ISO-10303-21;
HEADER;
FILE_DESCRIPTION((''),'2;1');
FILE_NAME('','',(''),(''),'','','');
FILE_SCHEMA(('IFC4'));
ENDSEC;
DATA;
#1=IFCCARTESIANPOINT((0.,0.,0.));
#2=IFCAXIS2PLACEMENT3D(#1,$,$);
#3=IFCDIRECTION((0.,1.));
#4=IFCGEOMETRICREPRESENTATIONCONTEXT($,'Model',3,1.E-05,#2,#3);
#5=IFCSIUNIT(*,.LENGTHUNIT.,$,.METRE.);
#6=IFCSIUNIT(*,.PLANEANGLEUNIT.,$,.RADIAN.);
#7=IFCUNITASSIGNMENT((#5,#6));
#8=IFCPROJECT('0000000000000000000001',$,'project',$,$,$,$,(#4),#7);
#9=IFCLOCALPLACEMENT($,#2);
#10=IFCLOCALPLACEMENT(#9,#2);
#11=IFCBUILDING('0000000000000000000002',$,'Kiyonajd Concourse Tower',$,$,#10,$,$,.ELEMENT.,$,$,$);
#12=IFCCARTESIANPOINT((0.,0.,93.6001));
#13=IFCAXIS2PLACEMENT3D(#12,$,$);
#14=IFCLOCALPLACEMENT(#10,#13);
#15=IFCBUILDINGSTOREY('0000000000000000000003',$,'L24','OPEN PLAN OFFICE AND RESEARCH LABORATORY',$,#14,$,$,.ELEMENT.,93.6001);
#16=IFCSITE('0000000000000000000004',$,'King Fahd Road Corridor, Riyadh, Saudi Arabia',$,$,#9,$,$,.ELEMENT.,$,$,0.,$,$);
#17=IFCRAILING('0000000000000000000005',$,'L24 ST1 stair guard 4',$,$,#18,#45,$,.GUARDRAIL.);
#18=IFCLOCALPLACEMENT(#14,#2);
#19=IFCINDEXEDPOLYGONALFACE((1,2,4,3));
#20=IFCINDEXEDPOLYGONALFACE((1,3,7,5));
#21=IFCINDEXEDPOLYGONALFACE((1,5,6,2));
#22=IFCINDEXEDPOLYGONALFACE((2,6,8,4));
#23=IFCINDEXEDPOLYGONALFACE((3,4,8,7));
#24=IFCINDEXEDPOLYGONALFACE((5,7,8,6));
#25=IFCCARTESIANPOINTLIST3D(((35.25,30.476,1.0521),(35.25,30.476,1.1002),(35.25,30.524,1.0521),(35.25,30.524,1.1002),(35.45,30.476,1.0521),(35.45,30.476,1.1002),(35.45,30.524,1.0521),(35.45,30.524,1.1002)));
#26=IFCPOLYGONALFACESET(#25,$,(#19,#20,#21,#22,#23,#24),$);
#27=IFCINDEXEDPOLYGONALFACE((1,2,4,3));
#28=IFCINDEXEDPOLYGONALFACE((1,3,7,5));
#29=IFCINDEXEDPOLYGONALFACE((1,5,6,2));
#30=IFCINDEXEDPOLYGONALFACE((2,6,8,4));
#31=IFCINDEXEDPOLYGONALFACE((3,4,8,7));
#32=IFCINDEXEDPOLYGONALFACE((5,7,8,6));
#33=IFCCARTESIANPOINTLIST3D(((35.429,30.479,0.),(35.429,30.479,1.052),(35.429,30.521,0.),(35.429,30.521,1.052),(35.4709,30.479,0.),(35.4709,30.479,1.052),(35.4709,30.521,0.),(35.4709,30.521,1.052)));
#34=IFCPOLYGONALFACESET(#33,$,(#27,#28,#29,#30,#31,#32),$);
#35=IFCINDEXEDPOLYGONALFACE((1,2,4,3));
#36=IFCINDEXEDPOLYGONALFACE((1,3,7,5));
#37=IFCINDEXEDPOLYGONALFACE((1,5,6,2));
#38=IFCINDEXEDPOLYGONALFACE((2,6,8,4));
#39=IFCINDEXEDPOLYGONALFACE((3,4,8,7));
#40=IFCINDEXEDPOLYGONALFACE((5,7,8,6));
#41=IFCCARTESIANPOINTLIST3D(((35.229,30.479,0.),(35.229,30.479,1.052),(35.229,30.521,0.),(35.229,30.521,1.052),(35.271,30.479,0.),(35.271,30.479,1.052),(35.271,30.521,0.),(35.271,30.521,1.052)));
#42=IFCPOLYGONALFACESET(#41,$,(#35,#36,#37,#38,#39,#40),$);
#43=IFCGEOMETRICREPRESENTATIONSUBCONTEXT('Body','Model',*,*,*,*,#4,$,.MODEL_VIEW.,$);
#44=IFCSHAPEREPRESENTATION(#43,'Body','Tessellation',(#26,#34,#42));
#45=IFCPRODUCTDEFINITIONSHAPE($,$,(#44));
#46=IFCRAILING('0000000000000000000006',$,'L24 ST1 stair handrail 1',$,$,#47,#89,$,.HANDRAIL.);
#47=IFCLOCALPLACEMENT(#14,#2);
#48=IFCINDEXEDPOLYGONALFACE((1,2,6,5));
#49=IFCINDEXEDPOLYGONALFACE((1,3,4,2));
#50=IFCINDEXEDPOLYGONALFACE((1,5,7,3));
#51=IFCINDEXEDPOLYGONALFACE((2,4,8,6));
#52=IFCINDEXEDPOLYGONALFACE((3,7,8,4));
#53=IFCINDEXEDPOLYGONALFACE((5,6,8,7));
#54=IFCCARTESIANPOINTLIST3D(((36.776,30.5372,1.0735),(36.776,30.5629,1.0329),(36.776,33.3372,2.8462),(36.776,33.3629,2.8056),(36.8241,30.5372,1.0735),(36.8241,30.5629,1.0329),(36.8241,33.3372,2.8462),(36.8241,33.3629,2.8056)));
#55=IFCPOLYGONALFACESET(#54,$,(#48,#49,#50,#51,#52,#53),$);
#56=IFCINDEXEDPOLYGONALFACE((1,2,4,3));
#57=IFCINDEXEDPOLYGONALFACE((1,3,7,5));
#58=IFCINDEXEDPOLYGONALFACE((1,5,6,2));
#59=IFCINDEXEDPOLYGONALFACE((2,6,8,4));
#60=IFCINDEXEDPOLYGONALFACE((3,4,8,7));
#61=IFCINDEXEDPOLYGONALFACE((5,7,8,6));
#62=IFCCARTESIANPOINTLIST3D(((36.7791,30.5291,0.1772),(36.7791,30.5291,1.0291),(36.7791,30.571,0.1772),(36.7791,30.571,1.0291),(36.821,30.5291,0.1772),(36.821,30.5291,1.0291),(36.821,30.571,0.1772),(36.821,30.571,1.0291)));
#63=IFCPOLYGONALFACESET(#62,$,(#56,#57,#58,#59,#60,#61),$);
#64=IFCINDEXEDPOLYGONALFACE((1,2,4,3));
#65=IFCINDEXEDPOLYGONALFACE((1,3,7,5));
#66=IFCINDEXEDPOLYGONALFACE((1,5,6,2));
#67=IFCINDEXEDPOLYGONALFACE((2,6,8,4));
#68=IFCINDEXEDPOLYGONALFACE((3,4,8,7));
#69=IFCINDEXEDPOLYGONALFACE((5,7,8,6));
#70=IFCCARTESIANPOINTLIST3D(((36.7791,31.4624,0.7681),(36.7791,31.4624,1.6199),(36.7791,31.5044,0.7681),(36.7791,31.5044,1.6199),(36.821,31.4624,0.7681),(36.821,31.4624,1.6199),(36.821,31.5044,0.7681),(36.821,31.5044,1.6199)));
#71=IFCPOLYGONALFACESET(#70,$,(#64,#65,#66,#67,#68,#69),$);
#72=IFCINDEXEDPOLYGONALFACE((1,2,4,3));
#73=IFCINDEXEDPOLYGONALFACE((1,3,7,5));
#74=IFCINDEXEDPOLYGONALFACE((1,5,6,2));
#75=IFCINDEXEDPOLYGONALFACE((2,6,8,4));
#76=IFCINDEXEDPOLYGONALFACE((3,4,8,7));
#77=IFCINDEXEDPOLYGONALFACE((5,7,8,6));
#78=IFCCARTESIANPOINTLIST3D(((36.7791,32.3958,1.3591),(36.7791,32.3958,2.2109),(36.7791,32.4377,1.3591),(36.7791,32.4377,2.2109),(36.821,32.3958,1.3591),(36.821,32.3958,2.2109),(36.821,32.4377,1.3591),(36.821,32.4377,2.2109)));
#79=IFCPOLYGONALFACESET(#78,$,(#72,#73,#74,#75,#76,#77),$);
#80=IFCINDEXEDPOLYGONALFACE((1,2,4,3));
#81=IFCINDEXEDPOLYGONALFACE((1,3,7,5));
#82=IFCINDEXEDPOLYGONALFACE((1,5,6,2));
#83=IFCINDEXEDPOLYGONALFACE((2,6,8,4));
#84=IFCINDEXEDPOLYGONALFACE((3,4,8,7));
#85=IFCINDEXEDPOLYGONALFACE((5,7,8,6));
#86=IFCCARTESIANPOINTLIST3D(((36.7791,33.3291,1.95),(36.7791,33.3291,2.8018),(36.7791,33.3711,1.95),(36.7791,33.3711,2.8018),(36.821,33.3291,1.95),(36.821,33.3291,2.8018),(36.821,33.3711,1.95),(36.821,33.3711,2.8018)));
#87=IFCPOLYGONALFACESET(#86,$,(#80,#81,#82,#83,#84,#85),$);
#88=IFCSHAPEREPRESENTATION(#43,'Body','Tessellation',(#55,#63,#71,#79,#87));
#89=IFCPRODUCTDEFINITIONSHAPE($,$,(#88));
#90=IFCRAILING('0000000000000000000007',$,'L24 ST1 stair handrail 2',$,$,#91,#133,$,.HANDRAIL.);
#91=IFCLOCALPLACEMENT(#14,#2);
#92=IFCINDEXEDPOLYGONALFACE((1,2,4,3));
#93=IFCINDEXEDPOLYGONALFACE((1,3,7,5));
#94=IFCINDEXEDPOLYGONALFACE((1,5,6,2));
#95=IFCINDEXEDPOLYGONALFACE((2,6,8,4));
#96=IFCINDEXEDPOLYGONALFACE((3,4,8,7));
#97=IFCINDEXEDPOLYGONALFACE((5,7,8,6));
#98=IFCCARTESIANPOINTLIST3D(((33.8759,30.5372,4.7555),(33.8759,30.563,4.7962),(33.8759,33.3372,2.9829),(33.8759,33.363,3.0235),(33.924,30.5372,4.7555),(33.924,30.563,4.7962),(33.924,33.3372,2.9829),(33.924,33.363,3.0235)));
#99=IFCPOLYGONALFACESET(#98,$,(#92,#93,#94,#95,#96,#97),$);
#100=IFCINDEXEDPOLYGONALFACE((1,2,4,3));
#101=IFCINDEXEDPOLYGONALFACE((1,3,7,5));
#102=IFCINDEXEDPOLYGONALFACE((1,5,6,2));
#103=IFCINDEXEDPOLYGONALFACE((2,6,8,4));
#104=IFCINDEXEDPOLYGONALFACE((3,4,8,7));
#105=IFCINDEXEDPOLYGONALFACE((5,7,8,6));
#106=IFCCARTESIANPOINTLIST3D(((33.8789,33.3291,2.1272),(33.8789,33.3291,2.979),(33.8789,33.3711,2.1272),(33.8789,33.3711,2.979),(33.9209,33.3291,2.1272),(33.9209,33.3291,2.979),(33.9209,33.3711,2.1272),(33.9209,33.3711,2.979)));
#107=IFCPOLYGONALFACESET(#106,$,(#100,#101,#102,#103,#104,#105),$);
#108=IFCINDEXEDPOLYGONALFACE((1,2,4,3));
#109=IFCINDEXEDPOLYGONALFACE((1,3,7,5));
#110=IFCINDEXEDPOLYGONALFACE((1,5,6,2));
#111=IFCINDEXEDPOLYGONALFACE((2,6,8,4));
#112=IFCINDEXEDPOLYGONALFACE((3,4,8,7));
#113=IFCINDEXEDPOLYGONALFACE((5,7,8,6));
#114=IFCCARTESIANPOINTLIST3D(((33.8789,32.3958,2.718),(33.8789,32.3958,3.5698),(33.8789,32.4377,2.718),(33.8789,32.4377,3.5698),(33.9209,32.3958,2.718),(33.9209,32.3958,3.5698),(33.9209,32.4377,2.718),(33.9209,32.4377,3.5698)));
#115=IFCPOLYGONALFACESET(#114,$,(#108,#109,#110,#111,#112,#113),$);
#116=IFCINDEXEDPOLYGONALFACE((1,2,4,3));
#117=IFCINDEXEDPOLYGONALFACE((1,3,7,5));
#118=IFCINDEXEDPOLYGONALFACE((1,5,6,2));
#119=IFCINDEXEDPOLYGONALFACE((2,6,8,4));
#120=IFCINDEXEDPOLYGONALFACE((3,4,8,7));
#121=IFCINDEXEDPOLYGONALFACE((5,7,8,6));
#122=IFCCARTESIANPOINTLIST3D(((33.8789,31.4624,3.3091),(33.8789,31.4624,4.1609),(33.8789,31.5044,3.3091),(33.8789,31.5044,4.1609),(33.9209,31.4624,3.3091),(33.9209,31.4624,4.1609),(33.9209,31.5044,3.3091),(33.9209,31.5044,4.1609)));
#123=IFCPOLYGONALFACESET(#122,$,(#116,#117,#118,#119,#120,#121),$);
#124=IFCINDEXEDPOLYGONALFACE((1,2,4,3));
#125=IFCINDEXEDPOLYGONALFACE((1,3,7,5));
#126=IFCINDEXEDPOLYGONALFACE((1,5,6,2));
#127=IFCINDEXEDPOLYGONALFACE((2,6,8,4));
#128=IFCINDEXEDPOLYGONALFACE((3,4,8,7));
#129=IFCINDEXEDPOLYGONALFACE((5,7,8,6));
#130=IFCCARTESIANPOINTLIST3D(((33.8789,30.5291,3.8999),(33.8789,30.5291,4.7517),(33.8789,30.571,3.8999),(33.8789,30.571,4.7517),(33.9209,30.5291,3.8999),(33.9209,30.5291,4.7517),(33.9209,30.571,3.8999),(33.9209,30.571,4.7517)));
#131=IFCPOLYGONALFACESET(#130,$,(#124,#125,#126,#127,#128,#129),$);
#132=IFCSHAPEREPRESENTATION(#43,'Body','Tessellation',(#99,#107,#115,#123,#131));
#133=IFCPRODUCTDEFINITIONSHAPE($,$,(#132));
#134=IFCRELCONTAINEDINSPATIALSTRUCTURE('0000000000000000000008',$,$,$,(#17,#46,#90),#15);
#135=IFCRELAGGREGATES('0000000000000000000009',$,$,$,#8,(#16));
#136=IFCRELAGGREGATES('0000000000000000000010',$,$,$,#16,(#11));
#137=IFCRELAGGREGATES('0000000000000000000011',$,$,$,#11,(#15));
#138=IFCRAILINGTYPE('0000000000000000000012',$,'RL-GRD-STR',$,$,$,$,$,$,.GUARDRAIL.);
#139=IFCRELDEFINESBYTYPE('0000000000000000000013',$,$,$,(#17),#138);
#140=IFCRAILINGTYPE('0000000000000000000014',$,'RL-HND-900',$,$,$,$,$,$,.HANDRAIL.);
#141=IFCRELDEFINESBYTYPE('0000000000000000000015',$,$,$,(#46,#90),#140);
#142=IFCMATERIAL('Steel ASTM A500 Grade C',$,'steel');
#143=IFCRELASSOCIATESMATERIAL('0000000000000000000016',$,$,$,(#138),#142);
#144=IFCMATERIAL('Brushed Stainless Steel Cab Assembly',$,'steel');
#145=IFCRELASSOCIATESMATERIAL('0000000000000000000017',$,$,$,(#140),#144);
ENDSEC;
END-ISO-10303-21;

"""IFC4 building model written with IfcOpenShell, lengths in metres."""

from ifc_helpers import new_model, si_unit, direction, frame, origin, origin_2d, place, context, subcontext, project, spatial, rectangle, extrude, material, type_object, element, save


model = new_model("IFC4")

# Units and contexts
model_context = context("Model", 3, precision=1e-05, world=origin(), true_north=direction((0.0, 1.0)))
body_context = subcontext(model_context, "Body", "Model", "MODEL_VIEW")
ifc_project = project(units=[si_unit("LENGTHUNIT", "METRE"), si_unit("PLANEANGLEUNIT", "RADIAN")], contexts=[model_context])

# Site, building, storey
site_placement = place(None, origin())
site = spatial("IfcSite", under=ifc_project, at=site_placement, Name="King Fahd Road Corridor, Riyadh, Saudi Arabia", CompositionType="ELEMENT", RefElevation=0.0)
building_placement = place(site_placement, origin())
building = spatial("IfcBuilding", under=site, at=building_placement, Name="Kiyonajd Concourse Tower", CompositionType="ELEMENT")
storey_placement = place(building_placement, frame((0.0, 0.0, 93.6001)))
storey = spatial("IfcBuildingStorey", under=building, at=storey_placement, Name="L24", Description="OPEN PLAN OFFICE AND RESEARCH LABORATORY", CompositionType="ELEMENT", Elevation=93.6001)

# Shared definitions
ifc_material_1 = material(Name="Brushed Stainless Steel Cab Assembly", Category="steel")

# Railings
ifc_material_2 = material(Name="Steel ASTM A500 Grade C", Category="steel")
railing_type_1 = type_object("IfcRailingType", Name="RL-GRD-STR", PredefinedType="GUARDRAIL", material=ifc_material_2)
railing_1_placement = place(storey_placement, frame((35.45, 30.5, 0.0)))
element("IfcRailing", 1, at=railing_1_placement, inside=storey, type_object=railing_type_1, Name="L24 ST1 stair guard 4", PredefinedType="GUARDRAIL", context=body_context, shape_type="SweptSolid", body=[
    extrude(rectangle(XDim=0.0481, YDim=0.0481, at=origin_2d()), frame((0.0, 0.0, 1.0762), z_axis=(-1.0, 0.0, 0.0), x_axis=(0.0, -1.0, 0.0)), (0.0, 0.0, 1.0), 0.2),
    extrude(rectangle(XDim=0.042, YDim=0.042, at=origin_2d()), origin(), (0.0, 0.0, 1.0), 1.052),
    extrude(rectangle(XDim=0.042, YDim=0.042, at=origin_2d()), frame((-0.2, 0.0, 0.0)), (0.0, 0.0, 1.0), 1.052),
])
railing_type_2 = type_object("IfcRailingType", Name="RL-HND-900", PredefinedType="HANDRAIL", material=ifc_material_1)
railing_2_placement = place(storey_placement, frame((36.8, 30.55, 0.1772)))
element("IfcRailing", 2, at=railing_2_placement, inside=storey, type_object=railing_type_2, Name="L24 ST1 stair handrail 1", PredefinedType="HANDRAIL", context=body_context, shape_type="SweptSolid", body=[
    extrude(rectangle(XDim=0.0481, YDim=0.0481, at=origin_2d()), frame((0.0, 0.0, 0.876), z_axis=(0.0, 0.844909, 0.53491), x_axis=(-1.0, 0.0, 0.0)), (0.0, 0.0, 1.0), 3.314),
    extrude(rectangle(XDim=0.042, YDim=0.042, at=origin_2d()), origin(), (0.0, 0.0, 1.0), 0.8518),
    extrude(rectangle(XDim=0.042, YDim=0.042, at=origin_2d()), frame((0.0, 0.9333, 0.5908)), (0.0, 0.0, 1.0), 0.8518),
    extrude(rectangle(XDim=0.042, YDim=0.042, at=origin_2d()), frame((0.0, 1.8667, 1.1819)), (0.0, 0.0, 1.0), 0.8518),
    extrude(rectangle(XDim=0.042, YDim=0.042, at=origin_2d()), frame((0.0, 2.8, 1.7727)), (0.0, 0.0, 1.0), 0.8518),
])
railing_3_placement = place(storey_placement, frame((33.8999, 33.3501, 2.1272)))
element("IfcRailing", 3, at=railing_3_placement, inside=storey, type_object=railing_type_2, Name="L24 ST1 stair handrail 2", PredefinedType="HANDRAIL", context=body_context, shape_type="SweptSolid", body=[
    extrude(rectangle(XDim=0.0481, YDim=0.0481, at=origin_2d()), frame((0.0, 0.0, 0.876), z_axis=(0.0, -0.844909, 0.53491), x_axis=(1.0, 0.0, 0.0)), (0.0, 0.0, 1.0), 3.314),
    extrude(rectangle(XDim=0.042, YDim=0.042, at=origin_2d()), origin(), (0.0, 0.0, 1.0), 0.8518),
    extrude(rectangle(XDim=0.042, YDim=0.042, at=origin_2d()), frame((0.0, -0.9333, 0.5908)), (0.0, 0.0, 1.0), 0.8518),
    extrude(rectangle(XDim=0.042, YDim=0.042, at=origin_2d()), frame((0.0, -1.8667, 1.1819)), (0.0, 0.0, 1.0), 0.8518),
    extrude(rectangle(XDim=0.042, YDim=0.042, at=origin_2d()), frame((0.0, -2.8, 1.7727)), (0.0, 0.0, 1.0), 0.8518),
])

save(model, "model.ifc")
